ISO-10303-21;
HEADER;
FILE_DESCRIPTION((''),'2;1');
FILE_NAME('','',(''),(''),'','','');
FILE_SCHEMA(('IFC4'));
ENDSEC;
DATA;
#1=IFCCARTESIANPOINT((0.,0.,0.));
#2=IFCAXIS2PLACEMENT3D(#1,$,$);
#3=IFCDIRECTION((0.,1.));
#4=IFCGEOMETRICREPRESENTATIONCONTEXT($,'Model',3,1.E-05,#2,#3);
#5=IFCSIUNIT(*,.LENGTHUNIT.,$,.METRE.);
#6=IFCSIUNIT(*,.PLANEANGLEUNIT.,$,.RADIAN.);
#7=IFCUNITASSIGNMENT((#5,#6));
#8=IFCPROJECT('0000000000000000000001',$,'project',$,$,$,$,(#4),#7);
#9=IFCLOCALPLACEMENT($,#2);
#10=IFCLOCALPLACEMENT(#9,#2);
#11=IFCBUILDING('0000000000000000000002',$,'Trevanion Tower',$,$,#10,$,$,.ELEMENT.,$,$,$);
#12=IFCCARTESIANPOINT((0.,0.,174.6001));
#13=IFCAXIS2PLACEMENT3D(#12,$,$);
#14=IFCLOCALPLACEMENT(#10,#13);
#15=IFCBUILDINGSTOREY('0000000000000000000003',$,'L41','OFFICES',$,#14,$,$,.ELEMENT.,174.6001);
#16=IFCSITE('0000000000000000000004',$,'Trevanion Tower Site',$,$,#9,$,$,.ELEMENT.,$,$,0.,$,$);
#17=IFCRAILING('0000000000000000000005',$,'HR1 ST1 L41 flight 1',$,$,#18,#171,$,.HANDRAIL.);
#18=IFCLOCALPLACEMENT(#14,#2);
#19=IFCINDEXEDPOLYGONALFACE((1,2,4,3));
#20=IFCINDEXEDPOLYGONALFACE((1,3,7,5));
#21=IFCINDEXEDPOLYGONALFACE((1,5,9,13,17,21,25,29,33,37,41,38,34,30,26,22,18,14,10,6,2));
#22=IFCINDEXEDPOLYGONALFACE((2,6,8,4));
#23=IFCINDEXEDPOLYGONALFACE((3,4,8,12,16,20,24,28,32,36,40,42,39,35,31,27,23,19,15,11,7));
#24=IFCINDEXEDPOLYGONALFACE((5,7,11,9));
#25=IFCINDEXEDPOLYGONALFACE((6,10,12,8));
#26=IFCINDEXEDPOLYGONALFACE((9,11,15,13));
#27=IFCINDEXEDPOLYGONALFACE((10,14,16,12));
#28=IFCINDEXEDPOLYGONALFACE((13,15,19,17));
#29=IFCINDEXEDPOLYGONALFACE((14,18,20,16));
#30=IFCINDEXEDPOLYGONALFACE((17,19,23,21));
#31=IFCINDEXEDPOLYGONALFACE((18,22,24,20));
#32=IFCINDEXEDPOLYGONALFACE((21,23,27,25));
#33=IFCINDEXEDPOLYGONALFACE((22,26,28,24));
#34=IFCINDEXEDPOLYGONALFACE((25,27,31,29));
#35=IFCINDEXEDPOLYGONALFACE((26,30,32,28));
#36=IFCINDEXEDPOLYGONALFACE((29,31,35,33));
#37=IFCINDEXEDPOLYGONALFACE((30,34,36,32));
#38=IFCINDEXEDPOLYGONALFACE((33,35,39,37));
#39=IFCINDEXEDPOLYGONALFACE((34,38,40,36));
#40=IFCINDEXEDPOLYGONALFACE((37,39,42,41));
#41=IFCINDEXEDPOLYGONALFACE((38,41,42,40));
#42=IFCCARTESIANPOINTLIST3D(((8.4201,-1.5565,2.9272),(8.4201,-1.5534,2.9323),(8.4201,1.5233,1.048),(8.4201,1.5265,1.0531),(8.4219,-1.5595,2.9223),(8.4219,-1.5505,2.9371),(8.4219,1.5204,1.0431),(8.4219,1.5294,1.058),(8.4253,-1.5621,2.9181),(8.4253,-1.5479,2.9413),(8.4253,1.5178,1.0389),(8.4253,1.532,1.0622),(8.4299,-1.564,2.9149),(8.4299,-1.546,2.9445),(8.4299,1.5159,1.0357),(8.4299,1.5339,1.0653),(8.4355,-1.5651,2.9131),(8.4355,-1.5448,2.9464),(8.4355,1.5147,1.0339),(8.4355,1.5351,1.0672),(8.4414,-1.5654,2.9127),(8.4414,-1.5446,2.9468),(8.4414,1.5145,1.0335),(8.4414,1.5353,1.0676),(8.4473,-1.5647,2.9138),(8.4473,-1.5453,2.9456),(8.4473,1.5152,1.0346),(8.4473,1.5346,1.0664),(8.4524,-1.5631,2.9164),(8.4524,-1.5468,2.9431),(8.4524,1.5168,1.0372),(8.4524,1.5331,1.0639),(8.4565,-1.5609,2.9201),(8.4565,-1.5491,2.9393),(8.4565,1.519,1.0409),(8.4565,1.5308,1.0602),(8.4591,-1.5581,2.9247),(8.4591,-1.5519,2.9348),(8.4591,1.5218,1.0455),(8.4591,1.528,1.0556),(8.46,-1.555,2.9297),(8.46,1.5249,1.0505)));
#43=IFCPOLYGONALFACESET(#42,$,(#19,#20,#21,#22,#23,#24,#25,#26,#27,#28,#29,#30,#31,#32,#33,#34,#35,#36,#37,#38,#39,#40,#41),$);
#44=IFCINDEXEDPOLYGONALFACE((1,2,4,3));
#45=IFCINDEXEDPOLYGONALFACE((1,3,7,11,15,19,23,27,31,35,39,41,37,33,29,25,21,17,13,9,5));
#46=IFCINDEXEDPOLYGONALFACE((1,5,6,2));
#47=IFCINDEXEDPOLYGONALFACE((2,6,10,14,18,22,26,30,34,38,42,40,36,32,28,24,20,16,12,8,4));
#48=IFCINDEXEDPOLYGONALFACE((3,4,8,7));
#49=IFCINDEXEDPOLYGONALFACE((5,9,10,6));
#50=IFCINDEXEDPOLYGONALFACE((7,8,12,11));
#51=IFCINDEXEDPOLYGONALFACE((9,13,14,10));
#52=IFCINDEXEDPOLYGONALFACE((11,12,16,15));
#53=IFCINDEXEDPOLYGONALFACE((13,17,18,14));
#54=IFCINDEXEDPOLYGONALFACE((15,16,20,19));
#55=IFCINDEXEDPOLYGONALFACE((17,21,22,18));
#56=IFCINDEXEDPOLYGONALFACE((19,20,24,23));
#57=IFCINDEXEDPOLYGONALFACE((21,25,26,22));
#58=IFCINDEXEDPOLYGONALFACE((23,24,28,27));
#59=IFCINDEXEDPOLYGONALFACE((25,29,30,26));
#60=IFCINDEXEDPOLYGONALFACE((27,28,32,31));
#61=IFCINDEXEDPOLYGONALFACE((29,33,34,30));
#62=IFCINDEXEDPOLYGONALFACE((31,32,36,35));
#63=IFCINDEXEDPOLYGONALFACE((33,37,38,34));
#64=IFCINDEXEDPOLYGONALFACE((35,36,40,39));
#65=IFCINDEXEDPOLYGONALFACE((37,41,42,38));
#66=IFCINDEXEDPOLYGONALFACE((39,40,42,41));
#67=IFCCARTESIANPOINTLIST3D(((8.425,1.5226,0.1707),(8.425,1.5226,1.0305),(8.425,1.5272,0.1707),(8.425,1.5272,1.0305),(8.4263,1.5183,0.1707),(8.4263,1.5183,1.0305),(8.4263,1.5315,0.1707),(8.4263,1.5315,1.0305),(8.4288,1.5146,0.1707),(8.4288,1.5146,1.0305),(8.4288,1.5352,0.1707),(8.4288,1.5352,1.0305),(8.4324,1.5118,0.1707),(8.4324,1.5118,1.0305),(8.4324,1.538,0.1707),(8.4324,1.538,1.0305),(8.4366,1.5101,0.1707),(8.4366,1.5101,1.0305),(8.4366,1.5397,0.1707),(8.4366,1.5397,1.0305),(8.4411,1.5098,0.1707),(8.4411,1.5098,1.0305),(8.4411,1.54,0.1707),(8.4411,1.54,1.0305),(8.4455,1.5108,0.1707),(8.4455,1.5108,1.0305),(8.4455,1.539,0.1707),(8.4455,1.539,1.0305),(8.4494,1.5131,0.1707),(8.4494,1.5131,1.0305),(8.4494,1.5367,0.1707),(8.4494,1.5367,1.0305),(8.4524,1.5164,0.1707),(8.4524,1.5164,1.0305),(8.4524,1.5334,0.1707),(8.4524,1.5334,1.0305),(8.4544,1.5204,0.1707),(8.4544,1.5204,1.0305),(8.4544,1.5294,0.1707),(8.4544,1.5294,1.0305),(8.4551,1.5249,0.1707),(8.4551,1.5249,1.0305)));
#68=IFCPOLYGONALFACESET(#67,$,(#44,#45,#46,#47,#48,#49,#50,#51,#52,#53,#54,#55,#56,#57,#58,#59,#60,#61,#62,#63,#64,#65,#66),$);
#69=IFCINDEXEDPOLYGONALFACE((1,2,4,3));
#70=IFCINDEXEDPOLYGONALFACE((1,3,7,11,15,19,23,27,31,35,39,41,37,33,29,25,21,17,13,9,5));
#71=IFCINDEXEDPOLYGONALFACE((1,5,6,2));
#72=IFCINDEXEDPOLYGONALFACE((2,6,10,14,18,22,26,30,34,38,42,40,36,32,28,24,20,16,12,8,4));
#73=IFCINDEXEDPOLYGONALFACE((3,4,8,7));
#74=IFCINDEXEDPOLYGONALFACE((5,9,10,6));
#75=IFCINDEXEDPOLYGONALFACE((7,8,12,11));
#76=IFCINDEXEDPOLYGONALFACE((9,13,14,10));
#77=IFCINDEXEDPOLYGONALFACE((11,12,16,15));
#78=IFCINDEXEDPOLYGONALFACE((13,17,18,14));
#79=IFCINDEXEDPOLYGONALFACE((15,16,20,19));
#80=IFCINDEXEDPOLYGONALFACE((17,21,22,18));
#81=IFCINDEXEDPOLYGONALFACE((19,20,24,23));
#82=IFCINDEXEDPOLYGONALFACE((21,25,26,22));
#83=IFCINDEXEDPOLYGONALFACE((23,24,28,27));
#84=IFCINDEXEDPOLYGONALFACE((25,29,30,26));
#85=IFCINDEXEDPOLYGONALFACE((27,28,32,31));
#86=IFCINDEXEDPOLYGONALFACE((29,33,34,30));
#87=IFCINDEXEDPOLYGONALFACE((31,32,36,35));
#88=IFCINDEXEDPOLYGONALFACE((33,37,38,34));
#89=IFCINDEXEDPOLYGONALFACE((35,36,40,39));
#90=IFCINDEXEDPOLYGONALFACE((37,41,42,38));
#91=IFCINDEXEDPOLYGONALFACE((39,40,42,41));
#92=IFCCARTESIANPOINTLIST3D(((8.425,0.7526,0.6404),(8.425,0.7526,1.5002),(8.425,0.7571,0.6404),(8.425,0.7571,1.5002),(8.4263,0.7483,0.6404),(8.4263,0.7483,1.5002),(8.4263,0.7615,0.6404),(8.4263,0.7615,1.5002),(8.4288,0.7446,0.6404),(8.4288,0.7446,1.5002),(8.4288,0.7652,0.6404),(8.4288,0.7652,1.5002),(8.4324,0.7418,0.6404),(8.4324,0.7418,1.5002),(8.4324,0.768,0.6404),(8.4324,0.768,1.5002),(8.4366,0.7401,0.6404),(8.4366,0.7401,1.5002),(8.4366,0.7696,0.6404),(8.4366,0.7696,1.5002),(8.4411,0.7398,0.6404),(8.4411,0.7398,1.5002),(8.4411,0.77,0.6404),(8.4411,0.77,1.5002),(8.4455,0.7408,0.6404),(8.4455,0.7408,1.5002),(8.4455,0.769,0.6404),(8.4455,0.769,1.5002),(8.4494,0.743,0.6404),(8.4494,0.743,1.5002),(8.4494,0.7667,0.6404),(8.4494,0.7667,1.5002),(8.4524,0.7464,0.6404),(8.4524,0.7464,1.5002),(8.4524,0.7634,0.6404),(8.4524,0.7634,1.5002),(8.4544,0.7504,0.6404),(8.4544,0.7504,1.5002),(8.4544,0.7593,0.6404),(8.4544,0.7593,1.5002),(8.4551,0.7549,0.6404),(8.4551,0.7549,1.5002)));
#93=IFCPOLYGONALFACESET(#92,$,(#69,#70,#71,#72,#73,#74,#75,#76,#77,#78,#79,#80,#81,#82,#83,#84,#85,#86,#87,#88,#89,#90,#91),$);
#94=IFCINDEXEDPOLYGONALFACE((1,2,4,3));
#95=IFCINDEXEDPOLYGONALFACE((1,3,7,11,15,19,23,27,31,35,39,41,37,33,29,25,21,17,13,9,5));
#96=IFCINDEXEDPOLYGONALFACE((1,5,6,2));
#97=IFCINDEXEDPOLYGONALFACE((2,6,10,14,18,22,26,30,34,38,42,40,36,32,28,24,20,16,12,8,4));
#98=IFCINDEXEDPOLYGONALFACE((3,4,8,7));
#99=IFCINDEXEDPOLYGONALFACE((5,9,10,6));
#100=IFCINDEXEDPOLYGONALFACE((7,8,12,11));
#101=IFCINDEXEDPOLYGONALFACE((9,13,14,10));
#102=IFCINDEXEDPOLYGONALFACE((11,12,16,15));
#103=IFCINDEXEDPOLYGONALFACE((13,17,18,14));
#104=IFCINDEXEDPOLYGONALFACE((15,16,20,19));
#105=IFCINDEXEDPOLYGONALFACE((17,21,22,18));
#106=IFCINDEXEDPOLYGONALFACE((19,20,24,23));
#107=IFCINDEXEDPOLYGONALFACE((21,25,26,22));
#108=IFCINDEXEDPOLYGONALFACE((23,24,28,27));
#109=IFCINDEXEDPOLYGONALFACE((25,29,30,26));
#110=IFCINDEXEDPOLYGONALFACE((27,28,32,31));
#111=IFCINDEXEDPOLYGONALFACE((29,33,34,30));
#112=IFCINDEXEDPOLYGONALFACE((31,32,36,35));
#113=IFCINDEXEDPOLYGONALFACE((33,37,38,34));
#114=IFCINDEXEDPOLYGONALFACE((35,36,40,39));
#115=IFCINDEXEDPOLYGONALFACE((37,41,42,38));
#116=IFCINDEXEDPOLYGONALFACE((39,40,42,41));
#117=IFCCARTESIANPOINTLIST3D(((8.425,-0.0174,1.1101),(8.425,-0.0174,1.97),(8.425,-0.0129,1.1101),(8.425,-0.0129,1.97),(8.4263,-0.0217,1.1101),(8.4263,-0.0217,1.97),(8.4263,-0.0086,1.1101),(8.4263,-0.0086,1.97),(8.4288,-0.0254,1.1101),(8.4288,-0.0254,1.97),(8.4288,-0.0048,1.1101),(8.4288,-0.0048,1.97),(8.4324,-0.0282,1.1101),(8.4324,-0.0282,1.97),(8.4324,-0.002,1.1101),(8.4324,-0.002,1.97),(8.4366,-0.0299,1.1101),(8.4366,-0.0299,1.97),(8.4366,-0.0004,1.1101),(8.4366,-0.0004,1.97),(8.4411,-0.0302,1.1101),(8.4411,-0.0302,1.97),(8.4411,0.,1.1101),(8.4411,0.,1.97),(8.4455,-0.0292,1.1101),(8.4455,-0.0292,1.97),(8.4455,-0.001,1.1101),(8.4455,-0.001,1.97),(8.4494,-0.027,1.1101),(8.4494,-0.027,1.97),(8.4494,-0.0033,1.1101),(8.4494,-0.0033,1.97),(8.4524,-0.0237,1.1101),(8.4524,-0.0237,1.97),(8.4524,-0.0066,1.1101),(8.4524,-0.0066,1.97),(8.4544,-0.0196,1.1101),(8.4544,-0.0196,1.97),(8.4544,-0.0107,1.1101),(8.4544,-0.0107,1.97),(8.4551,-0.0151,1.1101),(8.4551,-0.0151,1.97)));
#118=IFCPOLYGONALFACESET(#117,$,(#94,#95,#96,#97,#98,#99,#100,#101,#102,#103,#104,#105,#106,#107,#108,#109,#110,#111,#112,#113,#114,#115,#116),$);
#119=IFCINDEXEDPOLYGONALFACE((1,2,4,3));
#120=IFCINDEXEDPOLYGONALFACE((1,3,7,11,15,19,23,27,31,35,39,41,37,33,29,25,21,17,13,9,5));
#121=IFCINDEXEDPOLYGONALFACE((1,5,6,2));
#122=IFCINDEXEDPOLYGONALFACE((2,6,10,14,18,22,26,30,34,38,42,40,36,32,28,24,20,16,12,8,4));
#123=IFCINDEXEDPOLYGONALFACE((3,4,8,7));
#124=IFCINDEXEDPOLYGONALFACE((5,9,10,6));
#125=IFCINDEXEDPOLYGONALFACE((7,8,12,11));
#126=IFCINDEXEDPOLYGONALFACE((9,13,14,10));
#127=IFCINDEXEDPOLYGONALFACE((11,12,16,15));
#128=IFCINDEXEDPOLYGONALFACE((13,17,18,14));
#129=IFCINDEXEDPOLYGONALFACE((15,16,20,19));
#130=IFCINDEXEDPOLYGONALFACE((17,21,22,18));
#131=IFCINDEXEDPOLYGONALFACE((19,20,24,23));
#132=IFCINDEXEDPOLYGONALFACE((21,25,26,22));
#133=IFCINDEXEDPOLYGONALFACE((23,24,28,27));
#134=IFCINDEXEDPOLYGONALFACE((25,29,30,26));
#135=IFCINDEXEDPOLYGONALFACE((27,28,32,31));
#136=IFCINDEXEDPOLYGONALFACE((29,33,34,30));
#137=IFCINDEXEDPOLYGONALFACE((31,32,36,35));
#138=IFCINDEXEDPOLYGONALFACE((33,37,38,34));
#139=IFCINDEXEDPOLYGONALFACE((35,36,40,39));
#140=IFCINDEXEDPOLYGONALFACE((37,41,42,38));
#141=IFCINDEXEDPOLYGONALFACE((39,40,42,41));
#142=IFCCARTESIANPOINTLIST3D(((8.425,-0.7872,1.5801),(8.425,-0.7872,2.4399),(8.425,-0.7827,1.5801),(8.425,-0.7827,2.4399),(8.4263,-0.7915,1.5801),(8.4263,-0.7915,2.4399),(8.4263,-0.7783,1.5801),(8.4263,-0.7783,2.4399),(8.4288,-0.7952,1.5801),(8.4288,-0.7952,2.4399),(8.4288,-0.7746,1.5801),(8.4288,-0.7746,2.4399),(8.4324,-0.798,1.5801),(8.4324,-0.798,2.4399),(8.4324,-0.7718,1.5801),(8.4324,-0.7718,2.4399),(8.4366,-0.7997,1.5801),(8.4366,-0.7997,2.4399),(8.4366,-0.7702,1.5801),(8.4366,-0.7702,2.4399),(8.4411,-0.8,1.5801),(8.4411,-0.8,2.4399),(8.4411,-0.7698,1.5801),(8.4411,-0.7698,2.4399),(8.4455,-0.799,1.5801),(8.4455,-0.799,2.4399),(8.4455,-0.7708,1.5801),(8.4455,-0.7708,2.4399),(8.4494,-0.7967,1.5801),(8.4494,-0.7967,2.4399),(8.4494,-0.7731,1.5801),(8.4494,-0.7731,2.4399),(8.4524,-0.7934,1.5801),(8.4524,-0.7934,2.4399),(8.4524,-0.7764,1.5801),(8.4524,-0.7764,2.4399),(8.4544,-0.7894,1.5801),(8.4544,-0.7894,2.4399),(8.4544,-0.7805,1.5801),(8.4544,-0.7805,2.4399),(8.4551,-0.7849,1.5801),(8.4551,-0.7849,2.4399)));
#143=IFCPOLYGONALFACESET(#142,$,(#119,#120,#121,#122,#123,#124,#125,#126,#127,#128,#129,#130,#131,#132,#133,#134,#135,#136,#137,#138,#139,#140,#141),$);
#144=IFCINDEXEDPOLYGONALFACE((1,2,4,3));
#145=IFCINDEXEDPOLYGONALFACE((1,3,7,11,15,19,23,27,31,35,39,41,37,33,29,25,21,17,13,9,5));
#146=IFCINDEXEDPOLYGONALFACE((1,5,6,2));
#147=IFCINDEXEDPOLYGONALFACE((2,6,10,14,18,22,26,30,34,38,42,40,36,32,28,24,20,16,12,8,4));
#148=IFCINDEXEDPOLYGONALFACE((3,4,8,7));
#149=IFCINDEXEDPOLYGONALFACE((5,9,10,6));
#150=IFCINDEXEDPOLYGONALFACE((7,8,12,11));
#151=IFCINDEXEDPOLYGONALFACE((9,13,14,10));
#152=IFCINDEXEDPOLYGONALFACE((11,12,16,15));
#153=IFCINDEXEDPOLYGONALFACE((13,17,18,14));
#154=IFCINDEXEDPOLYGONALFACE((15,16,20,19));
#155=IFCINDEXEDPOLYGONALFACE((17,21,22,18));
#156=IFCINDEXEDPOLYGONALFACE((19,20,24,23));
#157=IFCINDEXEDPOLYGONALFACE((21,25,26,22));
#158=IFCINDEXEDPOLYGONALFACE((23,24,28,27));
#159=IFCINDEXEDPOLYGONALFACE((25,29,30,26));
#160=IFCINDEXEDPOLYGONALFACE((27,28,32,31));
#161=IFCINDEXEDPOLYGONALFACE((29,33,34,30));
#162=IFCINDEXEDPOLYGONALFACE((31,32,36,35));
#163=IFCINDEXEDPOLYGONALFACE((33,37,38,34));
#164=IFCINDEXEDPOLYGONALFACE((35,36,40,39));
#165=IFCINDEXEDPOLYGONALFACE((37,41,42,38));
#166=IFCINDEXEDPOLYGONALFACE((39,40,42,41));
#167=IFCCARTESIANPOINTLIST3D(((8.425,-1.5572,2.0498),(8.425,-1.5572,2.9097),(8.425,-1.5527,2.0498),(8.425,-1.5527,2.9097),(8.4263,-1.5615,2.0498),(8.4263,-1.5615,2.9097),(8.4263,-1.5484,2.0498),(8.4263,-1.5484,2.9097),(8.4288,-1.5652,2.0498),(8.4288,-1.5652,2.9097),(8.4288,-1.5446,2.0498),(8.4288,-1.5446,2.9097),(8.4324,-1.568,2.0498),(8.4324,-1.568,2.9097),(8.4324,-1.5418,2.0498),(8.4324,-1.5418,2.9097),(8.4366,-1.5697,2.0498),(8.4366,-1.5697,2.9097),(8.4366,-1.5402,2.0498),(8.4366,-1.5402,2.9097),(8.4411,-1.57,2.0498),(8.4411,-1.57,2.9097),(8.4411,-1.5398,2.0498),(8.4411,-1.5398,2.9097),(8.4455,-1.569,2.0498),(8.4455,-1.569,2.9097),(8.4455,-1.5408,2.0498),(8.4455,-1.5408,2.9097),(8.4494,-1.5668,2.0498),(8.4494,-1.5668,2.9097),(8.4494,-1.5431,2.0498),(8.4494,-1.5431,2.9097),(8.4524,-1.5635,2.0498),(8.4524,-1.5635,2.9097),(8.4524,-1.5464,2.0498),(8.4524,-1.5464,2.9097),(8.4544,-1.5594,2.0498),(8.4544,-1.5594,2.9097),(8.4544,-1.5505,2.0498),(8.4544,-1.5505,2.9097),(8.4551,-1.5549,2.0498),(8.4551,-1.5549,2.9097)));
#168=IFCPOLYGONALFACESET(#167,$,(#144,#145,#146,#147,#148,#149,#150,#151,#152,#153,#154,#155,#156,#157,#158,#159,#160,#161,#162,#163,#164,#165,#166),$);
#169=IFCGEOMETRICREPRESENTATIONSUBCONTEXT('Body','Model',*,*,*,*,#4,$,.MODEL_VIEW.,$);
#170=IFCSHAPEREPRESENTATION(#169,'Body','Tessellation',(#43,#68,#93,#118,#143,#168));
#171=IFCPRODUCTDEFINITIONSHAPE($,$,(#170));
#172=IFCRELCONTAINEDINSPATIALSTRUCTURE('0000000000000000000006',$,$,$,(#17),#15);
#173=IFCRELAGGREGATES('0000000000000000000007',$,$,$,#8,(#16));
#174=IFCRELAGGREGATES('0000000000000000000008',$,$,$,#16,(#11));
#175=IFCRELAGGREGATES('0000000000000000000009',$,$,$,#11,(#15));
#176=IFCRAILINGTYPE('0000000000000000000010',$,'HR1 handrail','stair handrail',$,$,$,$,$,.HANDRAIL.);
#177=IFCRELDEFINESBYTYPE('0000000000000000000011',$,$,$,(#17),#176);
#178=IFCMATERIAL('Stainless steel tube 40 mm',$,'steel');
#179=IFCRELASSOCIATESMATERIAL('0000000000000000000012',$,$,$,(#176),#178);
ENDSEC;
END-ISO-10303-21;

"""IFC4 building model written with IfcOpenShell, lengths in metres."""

from ifc_helpers import new_model, si_unit, direction, frame, origin, origin_2d, place, context, subcontext, project, spatial, circle, extrude, material, type_object, element, save


model = new_model("IFC4")

# Units and contexts
model_context = context("Model", 3, precision=1e-05, world=origin(), true_north=direction((0.0, 1.0)))
body_context = subcontext(model_context, "Body", "Model", "MODEL_VIEW")
ifc_project = project(units=[si_unit("LENGTHUNIT", "METRE"), si_unit("PLANEANGLEUNIT", "RADIAN")], contexts=[model_context])

# Site, building, storey
site_placement = place(None, origin())
site = spatial("IfcSite", under=ifc_project, at=site_placement, Name="Trevanion Tower Site", CompositionType="ELEMENT", RefElevation=0.0)
building_placement = place(site_placement, origin())
building = spatial("IfcBuilding", under=site, at=building_placement, Name="Trevanion Tower", CompositionType="ELEMENT")
storey_placement = place(building_placement, frame((0.0, 0.0, 174.6001)))
storey = spatial("IfcBuildingStorey", under=building, at=storey_placement, Name="L41", Description="OFFICES", CompositionType="ELEMENT", Elevation=174.6001)

# Railing
ifc_material_1 = material(Name="Stainless steel tube 40 mm", Category="steel")
railing_type = type_object("IfcRailingType", Name="HR1 handrail", Description="stair handrail", PredefinedType="HANDRAIL", material=ifc_material_1)
for number, where, name in (
    (1, (8.4399, 1.5249, 0.1707), "HR1 ST1 L41 flight 1"),
):
    element("IfcRailing", number, at=place(storey_placement, frame(where)), inside=storey, type_object=railing_type, Name=name, PredefinedType="HANDRAIL", context=body_context, shape_type="SweptSolid", body=[
        extrude(circle(Radius=0.02, at=origin_2d()), frame((0.0, 0.0, 0.8799), z_axis=(0.0, -0.853648, 0.52085), x_axis=(1.0, 0.0, 0.0)), (0.0, 0.0, 1.0), 3.6079),
        extrude(circle(Radius=0.0151, at=origin_2d()), origin(), (0.0, 0.0, 1.0), 0.8599),
        extrude(circle(Radius=0.0151, at=origin_2d()), frame((0.0, -0.77, 0.4697)), (0.0, 0.0, 1.0), 0.8599),
        extrude(circle(Radius=0.0151, at=origin_2d()), frame((0.0, -1.54, 0.9395)), (0.0, 0.0, 1.0), 0.8599),
        extrude(circle(Radius=0.0151, at=origin_2d()), frame((0.0, -2.3098, 1.4094)), (0.0, 0.0, 1.0), 0.8599),
        extrude(circle(Radius=0.0151, at=origin_2d()), frame((0.0, -3.0798, 1.8792)), (0.0, 0.0, 1.0), 0.8599),
    ])

save(model, "model.ifc")
